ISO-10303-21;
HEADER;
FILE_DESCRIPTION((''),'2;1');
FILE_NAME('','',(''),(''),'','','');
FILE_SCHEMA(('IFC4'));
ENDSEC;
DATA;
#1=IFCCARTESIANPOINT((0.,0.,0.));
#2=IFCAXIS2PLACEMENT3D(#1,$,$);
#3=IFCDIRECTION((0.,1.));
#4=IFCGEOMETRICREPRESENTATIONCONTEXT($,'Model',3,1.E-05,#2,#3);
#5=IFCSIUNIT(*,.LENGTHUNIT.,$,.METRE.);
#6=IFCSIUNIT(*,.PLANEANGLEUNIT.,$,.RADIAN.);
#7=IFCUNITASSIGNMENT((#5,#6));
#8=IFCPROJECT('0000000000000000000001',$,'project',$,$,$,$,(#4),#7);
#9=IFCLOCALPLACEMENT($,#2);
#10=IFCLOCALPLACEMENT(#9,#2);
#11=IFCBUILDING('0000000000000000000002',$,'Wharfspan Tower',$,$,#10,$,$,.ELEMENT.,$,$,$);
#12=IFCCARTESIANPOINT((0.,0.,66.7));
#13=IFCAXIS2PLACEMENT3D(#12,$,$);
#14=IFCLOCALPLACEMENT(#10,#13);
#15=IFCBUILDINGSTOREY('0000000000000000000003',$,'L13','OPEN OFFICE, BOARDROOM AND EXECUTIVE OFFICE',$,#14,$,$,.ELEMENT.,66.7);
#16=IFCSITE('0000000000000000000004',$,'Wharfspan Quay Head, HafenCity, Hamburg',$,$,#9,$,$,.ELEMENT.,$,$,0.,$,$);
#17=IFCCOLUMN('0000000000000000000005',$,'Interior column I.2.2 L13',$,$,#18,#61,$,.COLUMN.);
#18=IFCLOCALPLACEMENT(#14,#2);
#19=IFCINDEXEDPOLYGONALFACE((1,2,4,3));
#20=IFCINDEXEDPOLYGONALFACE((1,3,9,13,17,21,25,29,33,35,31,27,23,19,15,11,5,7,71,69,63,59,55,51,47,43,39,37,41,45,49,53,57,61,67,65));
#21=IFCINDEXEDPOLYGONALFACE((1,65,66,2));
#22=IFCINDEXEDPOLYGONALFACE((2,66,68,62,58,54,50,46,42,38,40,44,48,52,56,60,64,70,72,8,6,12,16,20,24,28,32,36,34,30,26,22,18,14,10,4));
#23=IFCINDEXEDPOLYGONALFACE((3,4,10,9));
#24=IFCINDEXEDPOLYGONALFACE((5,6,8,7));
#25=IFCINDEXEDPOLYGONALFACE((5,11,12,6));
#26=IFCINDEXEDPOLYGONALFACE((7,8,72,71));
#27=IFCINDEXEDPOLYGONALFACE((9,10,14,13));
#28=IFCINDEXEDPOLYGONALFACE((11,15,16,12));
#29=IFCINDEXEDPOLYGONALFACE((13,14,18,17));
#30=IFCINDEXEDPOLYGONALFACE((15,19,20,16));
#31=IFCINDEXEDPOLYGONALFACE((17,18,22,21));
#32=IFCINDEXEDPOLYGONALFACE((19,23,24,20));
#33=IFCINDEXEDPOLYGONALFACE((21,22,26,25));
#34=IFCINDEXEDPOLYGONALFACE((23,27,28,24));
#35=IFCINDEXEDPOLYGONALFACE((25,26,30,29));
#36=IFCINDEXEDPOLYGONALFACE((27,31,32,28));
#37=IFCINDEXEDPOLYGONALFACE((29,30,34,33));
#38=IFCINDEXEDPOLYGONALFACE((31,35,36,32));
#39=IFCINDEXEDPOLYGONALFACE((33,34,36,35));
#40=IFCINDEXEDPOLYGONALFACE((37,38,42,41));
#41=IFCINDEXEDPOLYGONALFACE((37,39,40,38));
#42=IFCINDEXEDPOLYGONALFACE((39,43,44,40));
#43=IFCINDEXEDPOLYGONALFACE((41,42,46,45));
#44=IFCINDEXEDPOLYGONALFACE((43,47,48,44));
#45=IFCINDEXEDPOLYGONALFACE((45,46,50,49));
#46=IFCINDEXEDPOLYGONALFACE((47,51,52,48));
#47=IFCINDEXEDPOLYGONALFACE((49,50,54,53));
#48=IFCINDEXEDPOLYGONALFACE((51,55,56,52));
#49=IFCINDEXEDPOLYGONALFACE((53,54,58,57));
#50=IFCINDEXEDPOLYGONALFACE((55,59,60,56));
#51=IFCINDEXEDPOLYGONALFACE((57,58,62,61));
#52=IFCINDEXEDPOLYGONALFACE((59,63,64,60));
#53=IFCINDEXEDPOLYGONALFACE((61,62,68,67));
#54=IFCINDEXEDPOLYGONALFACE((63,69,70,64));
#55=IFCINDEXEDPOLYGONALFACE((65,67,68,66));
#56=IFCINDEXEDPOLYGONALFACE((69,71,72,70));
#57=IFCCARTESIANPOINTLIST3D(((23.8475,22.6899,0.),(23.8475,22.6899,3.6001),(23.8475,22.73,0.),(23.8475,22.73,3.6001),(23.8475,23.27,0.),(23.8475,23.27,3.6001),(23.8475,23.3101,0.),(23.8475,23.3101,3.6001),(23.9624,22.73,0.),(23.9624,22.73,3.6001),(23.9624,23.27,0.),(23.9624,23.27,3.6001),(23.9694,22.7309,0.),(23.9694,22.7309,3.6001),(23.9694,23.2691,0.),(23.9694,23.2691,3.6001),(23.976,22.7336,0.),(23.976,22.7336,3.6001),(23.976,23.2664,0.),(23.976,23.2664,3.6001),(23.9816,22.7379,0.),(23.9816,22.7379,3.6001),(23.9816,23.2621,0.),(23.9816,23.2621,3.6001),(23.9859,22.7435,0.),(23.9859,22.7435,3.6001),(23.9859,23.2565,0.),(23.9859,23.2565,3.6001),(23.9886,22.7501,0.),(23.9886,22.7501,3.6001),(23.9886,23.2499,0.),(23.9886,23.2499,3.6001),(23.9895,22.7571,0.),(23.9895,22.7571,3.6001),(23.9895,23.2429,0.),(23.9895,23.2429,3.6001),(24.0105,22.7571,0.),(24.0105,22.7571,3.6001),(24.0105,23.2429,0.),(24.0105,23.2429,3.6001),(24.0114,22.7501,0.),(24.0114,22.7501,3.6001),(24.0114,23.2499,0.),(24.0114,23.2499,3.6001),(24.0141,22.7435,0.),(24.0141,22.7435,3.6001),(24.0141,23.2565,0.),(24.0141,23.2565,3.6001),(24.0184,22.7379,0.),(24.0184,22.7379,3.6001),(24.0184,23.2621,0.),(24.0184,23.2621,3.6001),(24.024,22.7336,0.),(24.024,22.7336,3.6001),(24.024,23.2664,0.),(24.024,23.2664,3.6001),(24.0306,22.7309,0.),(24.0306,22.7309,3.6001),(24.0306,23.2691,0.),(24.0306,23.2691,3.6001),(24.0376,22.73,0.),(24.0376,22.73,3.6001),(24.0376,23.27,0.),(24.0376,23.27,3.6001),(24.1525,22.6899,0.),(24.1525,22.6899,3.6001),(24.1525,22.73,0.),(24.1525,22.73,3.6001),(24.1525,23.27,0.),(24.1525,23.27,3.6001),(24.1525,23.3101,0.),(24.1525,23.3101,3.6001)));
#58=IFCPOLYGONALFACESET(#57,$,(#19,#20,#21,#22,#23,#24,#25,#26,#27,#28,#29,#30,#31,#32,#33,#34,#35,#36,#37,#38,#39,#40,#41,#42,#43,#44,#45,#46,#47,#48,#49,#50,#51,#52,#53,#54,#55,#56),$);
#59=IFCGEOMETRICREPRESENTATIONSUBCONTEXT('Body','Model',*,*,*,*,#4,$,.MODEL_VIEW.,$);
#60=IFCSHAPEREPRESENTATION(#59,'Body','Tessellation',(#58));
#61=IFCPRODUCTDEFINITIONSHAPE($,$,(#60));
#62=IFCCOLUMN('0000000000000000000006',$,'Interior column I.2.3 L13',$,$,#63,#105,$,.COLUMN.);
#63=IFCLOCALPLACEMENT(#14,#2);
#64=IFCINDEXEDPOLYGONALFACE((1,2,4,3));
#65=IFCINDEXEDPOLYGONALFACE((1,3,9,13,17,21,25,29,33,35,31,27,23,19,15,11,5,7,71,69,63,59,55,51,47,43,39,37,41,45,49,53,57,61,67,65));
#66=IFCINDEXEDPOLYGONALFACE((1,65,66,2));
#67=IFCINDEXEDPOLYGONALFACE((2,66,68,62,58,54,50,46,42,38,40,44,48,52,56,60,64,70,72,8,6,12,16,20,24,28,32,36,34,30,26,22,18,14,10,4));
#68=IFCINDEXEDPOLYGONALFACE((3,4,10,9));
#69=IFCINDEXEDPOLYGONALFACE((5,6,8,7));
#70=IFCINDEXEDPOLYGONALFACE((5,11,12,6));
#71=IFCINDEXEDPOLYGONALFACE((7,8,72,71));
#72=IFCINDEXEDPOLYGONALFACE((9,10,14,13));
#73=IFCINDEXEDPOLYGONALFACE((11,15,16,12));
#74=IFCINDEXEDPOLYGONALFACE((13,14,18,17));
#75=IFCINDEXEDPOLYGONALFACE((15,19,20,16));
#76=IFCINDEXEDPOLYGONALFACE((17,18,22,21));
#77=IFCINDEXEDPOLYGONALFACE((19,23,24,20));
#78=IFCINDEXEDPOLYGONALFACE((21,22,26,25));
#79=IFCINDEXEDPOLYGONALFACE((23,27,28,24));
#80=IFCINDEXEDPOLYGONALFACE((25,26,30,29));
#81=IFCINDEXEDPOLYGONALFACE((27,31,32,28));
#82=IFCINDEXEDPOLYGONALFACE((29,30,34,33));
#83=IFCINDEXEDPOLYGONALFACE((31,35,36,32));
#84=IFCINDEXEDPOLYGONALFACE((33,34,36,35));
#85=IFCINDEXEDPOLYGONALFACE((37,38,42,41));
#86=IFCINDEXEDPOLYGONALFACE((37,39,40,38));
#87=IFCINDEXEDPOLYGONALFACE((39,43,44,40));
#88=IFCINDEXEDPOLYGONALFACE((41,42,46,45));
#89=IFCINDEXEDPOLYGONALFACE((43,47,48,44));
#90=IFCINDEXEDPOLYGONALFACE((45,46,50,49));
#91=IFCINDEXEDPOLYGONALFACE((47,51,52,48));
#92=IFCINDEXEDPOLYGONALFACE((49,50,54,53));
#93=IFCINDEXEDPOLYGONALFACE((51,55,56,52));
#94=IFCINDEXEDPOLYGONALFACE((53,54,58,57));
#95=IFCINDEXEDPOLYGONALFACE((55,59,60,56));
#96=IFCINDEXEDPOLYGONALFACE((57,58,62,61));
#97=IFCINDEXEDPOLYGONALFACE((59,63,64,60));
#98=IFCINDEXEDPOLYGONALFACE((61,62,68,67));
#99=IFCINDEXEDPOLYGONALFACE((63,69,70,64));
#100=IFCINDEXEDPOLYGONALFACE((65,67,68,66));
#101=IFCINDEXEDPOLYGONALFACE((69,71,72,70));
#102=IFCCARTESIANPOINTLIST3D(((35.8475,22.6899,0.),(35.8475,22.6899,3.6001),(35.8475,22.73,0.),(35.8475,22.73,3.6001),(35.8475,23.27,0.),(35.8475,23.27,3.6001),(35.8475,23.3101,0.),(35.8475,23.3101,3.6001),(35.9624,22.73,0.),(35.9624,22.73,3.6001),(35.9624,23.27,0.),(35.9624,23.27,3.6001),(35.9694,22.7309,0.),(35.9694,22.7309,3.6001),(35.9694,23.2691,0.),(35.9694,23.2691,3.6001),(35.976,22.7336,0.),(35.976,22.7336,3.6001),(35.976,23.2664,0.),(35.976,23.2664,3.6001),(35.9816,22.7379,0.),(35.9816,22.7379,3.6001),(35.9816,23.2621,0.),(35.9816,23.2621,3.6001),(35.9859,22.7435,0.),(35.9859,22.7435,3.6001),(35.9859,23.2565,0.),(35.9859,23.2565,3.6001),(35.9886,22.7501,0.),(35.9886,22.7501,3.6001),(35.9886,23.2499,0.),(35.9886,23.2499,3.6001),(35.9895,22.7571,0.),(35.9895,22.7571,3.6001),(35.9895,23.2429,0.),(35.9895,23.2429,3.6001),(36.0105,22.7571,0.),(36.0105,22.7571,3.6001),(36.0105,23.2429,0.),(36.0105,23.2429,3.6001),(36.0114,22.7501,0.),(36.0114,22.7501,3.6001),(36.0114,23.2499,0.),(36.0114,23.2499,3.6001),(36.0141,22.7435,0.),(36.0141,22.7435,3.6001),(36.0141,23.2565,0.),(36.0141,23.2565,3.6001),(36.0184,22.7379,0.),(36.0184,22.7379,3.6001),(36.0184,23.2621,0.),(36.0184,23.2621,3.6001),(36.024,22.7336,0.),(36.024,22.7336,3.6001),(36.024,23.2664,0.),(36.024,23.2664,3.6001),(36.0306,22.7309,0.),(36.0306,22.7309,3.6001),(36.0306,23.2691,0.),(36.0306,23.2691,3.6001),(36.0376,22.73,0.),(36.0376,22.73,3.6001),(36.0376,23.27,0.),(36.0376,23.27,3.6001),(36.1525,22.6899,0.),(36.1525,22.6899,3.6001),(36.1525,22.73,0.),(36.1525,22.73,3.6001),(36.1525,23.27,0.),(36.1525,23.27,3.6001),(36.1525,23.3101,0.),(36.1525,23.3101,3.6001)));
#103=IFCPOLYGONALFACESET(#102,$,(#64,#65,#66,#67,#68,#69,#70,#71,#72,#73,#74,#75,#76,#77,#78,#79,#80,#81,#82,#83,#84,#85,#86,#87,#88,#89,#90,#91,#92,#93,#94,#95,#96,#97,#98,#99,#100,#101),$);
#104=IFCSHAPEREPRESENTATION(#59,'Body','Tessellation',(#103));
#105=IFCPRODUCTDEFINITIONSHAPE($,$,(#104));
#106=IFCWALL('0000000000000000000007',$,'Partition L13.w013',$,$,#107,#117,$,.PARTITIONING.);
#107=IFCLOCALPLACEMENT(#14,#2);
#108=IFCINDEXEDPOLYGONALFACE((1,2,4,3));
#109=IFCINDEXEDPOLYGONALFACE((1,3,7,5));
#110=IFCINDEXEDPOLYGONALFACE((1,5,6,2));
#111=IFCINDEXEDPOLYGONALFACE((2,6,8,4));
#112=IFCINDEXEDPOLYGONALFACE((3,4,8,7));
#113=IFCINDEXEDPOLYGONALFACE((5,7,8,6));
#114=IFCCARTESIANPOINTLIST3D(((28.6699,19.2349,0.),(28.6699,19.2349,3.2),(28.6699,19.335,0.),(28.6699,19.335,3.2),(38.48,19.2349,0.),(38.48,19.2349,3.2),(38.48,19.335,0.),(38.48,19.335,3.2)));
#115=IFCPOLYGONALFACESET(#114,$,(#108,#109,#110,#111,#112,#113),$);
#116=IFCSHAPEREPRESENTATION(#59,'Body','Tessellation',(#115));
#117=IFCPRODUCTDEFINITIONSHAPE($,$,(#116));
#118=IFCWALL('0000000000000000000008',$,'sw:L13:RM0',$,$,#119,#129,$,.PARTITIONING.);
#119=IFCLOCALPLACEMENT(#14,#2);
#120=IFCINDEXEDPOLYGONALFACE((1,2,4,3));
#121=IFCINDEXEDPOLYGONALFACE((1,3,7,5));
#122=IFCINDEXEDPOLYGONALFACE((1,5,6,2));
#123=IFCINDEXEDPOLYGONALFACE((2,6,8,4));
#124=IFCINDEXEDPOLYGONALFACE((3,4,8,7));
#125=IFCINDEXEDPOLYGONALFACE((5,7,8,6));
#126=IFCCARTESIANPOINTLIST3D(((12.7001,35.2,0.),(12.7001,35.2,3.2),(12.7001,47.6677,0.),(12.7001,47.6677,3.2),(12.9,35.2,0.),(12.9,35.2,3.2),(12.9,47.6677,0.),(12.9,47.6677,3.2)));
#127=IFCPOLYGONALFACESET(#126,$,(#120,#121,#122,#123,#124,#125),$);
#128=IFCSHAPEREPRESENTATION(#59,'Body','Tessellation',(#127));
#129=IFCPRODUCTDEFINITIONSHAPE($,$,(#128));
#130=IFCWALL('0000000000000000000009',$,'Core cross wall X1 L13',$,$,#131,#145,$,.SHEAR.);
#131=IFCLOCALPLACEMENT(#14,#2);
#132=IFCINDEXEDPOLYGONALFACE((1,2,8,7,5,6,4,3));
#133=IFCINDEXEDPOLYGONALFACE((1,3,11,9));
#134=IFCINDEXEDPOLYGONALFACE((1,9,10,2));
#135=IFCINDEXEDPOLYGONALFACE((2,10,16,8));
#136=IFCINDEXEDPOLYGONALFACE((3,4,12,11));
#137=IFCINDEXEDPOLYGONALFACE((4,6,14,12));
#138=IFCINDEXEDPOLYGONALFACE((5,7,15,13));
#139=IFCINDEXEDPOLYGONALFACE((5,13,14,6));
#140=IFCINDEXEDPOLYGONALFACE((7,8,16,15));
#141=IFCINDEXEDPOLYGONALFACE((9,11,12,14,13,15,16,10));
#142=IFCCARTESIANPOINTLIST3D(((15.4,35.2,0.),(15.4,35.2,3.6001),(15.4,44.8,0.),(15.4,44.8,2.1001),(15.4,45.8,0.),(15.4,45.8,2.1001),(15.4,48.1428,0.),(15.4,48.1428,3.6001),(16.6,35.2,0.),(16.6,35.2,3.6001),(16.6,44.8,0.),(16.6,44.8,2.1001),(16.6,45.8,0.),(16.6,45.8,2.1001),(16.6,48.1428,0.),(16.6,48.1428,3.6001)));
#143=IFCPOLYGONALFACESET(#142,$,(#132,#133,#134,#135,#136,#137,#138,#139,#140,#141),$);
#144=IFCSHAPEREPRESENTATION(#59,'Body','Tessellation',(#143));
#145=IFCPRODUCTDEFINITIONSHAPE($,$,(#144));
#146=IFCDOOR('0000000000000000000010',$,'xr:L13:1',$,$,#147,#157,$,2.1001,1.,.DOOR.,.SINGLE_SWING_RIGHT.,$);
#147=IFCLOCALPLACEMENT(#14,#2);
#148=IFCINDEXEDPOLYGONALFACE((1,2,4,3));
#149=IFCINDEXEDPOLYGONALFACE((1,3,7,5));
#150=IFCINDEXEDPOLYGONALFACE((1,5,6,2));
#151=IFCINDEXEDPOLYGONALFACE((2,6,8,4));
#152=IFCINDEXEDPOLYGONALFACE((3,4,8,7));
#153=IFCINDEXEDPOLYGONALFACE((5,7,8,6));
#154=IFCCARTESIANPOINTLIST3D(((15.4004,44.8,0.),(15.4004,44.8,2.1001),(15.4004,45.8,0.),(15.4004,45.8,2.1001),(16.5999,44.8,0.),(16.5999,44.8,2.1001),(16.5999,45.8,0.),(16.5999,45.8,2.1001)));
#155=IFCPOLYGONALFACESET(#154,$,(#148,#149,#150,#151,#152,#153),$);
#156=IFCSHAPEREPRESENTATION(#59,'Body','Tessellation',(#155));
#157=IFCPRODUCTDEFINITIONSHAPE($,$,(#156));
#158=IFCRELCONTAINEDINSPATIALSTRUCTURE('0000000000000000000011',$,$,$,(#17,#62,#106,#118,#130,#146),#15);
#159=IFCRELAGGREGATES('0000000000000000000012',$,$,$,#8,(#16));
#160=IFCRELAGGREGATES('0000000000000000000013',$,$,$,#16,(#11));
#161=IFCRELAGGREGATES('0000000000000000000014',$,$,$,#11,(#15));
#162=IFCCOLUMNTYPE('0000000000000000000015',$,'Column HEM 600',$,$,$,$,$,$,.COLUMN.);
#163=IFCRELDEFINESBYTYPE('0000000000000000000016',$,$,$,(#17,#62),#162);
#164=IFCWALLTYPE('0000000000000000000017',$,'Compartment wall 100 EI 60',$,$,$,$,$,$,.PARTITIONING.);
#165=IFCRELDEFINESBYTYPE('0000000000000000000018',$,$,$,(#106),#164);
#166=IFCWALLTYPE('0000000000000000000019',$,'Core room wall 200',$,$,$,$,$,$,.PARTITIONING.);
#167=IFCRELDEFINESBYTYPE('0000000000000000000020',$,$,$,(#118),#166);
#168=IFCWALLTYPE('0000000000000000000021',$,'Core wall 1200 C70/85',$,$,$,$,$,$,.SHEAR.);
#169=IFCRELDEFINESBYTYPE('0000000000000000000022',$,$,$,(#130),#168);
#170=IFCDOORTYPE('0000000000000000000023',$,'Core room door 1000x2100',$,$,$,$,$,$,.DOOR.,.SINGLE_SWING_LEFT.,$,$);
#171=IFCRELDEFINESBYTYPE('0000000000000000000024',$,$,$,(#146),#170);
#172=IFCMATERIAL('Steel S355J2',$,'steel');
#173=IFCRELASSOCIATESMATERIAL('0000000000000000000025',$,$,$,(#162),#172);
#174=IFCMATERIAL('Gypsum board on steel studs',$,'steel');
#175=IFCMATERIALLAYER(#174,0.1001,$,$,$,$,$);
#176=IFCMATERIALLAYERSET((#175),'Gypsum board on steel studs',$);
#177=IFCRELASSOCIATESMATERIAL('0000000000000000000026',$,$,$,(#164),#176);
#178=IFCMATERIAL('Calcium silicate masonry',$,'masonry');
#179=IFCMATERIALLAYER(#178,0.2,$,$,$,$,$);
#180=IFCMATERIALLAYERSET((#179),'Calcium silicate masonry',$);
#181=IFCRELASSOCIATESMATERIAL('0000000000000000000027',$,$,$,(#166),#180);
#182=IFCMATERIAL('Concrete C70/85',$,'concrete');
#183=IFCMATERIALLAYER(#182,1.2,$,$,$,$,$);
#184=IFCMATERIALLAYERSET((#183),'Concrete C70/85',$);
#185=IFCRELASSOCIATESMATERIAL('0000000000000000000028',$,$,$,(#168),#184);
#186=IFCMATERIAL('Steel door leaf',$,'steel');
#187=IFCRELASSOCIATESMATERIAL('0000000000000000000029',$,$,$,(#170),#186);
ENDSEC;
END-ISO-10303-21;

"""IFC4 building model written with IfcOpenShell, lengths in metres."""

from ifc_helpers import new_model, si_unit, direction, frame, frame_2d, origin, origin_2d, place, context, subcontext, project, spatial, rectangle, i_section, extrude, material, layer, layer_set, material_profile, profile_set, type_object, element, fill, save


model = new_model("IFC4")

# Units and contexts
model_context = context("Model", 3, precision=1e-05, world=origin(), true_north=direction((0.0, 1.0)))
body_context = subcontext(model_context, "Body", "Model", "MODEL_VIEW")
ifc_project = project(units=[si_unit("LENGTHUNIT", "METRE"), si_unit("PLANEANGLEUNIT", "RADIAN")], contexts=[model_context])

# Site, building, storey
site_placement = place(None, origin())
site = spatial("IfcSite", under=ifc_project, at=site_placement, Name="Wharfspan Quay Head, HafenCity, Hamburg", CompositionType="ELEMENT", RefElevation=0.0)
building_placement = place(site_placement, origin())
building = spatial("IfcBuilding", under=site, at=building_placement, Name="Wharfspan Tower", CompositionType="ELEMENT")
storey_placement = place(building_placement, frame((0.0, 0.0, 66.7)))
storey = spatial("IfcBuildingStorey", under=building, at=storey_placement, Name="L13", Description="OPEN OFFICE, BOARDROOM AND EXECUTIVE OFFICE", CompositionType="ELEMENT", Elevation=66.7)

# Columns
ifc_material_1 = material(Name="Steel S355J2", Category="steel")
ifc_material_profile = material_profile(ifc_material_1, i_section(OverallWidth=0.3049, OverallDepth=0.6201, WebThickness=0.021, FlangeThickness=0.04, FilletRadius=0.0271, at=origin_2d()))
ifc_profile_set = profile_set([ifc_material_profile], Name="Steel S355J2")
column_type = type_object("IfcColumnType", Name="Column HEM 600", PredefinedType="COLUMN", material=ifc_profile_set)
for number, where, z_axis, x_axis, name in (
    (1, (24.0, 23.0, 0.0), (0.0, 0.0, 1.0), (1.0, 0.0, 0.0), "Interior column I.2.2 L13"),
    (2, (36.0, 23.0, 0.0), (0.0, 0.0, 1.0), (1.0, 0.0, 0.0), "Interior column I.2.3 L13"),
):
    element("IfcColumn", number, at=place(storey_placement, frame(where, z_axis=z_axis, x_axis=x_axis)), inside=storey, type_object=column_type, Name=name, PredefinedType="COLUMN", context=body_context, shape_type="SweptSolid", body=[
        extrude(i_section(OverallWidth=0.3049, OverallDepth=0.6201, WebThickness=0.021, FlangeThickness=0.04, FilletRadius=0.0271, at=origin_2d()), origin(), (0.0, 0.0, 1.0), 3.6001),
    ])

# Walls
ifc_material_2 = material(Name="Gypsum board on steel studs", Category="steel")
ifc_layer_1 = layer(ifc_material_2, 0.1001)
ifc_layer_set_1 = layer_set([ifc_layer_1], Name="Gypsum board on steel studs")
wall_type_1 = type_object("IfcWallType", Name="Compartment wall 100 EI 60", PredefinedType="PARTITIONING", material=ifc_layer_set_1)
wall_1_placement = place(storey_placement, frame((28.6699, 19.2849, 0.0), z_axis=(0.0, 0.0, 1.0), x_axis=(1.0, 0.0, 0.0)))
element("IfcWall", 3, at=wall_1_placement, inside=storey, type_object=wall_type_1, Name="Partition L13.w013", PredefinedType="PARTITIONING", context=body_context, shape_type="SweptSolid", body=[
    extrude(rectangle(XDim=9.8101, YDim=0.1001, at=frame_2d((4.905, 0.0))), origin(), (0.0, 0.0, 1.0), 3.2),
])
ifc_material_3 = material(Name="Calcium silicate masonry", Category="masonry")
ifc_layer_2 = layer(ifc_material_3, 0.2)
ifc_layer_set_2 = layer_set([ifc_layer_2], Name="Calcium silicate masonry")
wall_type_2 = type_object("IfcWallType", Name="Core room wall 200", PredefinedType="PARTITIONING", material=ifc_layer_set_2)
wall_2_placement = place(storey_placement, frame((12.8, 35.2, 0.0), z_axis=(0.0, 0.0, 1.0), x_axis=(0.0, 1.0, 0.0)))
element("IfcWall", 4, at=wall_2_placement, inside=storey, type_object=wall_type_2, Name="sw:L13:RM0", PredefinedType="PARTITIONING", context=body_context, shape_type="SweptSolid", body=[
    extrude(rectangle(XDim=12.4678, YDim=0.2, at=frame_2d((6.2339, 0.0))), origin(), (0.0, 0.0, 1.0), 3.2),
])

# Wall, opening, door
ifc_material_4 = material(Name="Concrete C70/85", Category="concrete")
ifc_layer_3 = layer(ifc_material_4, 1.2)
ifc_layer_set_3 = layer_set([ifc_layer_3], Name="Concrete C70/85")
wall_type_3 = type_object("IfcWallType", Name="Core wall 1200 C70/85", PredefinedType="SHEAR", material=ifc_layer_set_3)
wall_3_placement = place(storey_placement, frame((16.0, 35.2, 0.0), z_axis=(0.0, 0.0, 1.0), x_axis=(0.0, 1.0, 0.0)))
wall_3 = element("IfcWall", 5, at=wall_3_placement, inside=storey, type_object=wall_type_3, Name="Core cross wall X1 L13", PredefinedType="SHEAR", context=body_context, shape_type="SweptSolid", body=[
    extrude(rectangle(XDim=12.9429, YDim=1.2, at=frame_2d((6.4714, 0.0))), origin(), (0.0, 0.0, 1.0), 3.6001),
])
opening_1_placement = place(wall_3_placement, frame((9.6001, 0.0, 0.0)))
opening_1 = element("IfcOpeningElement", 6, at=opening_1_placement, cuts=wall_3, PredefinedType="OPENING", context=body_context, shape_type="SweptSolid", body=[
    extrude(rectangle(XDim=1.0, YDim=2.1001, at=frame_2d((0.5, 1.05))), frame((0.0, 0.6099, 0.0), z_axis=(0.0, -1.0, 0.0), x_axis=(1.0, 0.0, 0.0)), (0.0, 0.0, 1.0), 1.22),
])
ifc_material_5 = material(Name="Steel door leaf", Category="steel")
door_type_1 = type_object("IfcDoorType", Name="Core room door 1000x2100", OperationType="SINGLE_SWING_LEFT", PredefinedType="DOOR", material=ifc_material_5)
door_1_placement = place(opening_1_placement, origin())
door_1 = element("IfcDoor", 7, at=door_1_placement, inside=storey, type_object=door_type_1, Name="xr:L13:1", OperationType="SINGLE_SWING_RIGHT", OverallHeight=2.1001, OverallWidth=1.0, PredefinedType="DOOR", context=body_context, shape_type="SweptSolid", body=[
    extrude(rectangle(XDim=1.0, YDim=2.1001, at=frame_2d((0.5, 1.05))), frame((0.0, 0.5996, 0.0), z_axis=(0.0, -1.0, 0.0), x_axis=(1.0, 0.0, 0.0)), (0.0, 0.0, 1.0), 1.1995),
])
fill(opening_1, door_1)

save(model, "model.ifc")
